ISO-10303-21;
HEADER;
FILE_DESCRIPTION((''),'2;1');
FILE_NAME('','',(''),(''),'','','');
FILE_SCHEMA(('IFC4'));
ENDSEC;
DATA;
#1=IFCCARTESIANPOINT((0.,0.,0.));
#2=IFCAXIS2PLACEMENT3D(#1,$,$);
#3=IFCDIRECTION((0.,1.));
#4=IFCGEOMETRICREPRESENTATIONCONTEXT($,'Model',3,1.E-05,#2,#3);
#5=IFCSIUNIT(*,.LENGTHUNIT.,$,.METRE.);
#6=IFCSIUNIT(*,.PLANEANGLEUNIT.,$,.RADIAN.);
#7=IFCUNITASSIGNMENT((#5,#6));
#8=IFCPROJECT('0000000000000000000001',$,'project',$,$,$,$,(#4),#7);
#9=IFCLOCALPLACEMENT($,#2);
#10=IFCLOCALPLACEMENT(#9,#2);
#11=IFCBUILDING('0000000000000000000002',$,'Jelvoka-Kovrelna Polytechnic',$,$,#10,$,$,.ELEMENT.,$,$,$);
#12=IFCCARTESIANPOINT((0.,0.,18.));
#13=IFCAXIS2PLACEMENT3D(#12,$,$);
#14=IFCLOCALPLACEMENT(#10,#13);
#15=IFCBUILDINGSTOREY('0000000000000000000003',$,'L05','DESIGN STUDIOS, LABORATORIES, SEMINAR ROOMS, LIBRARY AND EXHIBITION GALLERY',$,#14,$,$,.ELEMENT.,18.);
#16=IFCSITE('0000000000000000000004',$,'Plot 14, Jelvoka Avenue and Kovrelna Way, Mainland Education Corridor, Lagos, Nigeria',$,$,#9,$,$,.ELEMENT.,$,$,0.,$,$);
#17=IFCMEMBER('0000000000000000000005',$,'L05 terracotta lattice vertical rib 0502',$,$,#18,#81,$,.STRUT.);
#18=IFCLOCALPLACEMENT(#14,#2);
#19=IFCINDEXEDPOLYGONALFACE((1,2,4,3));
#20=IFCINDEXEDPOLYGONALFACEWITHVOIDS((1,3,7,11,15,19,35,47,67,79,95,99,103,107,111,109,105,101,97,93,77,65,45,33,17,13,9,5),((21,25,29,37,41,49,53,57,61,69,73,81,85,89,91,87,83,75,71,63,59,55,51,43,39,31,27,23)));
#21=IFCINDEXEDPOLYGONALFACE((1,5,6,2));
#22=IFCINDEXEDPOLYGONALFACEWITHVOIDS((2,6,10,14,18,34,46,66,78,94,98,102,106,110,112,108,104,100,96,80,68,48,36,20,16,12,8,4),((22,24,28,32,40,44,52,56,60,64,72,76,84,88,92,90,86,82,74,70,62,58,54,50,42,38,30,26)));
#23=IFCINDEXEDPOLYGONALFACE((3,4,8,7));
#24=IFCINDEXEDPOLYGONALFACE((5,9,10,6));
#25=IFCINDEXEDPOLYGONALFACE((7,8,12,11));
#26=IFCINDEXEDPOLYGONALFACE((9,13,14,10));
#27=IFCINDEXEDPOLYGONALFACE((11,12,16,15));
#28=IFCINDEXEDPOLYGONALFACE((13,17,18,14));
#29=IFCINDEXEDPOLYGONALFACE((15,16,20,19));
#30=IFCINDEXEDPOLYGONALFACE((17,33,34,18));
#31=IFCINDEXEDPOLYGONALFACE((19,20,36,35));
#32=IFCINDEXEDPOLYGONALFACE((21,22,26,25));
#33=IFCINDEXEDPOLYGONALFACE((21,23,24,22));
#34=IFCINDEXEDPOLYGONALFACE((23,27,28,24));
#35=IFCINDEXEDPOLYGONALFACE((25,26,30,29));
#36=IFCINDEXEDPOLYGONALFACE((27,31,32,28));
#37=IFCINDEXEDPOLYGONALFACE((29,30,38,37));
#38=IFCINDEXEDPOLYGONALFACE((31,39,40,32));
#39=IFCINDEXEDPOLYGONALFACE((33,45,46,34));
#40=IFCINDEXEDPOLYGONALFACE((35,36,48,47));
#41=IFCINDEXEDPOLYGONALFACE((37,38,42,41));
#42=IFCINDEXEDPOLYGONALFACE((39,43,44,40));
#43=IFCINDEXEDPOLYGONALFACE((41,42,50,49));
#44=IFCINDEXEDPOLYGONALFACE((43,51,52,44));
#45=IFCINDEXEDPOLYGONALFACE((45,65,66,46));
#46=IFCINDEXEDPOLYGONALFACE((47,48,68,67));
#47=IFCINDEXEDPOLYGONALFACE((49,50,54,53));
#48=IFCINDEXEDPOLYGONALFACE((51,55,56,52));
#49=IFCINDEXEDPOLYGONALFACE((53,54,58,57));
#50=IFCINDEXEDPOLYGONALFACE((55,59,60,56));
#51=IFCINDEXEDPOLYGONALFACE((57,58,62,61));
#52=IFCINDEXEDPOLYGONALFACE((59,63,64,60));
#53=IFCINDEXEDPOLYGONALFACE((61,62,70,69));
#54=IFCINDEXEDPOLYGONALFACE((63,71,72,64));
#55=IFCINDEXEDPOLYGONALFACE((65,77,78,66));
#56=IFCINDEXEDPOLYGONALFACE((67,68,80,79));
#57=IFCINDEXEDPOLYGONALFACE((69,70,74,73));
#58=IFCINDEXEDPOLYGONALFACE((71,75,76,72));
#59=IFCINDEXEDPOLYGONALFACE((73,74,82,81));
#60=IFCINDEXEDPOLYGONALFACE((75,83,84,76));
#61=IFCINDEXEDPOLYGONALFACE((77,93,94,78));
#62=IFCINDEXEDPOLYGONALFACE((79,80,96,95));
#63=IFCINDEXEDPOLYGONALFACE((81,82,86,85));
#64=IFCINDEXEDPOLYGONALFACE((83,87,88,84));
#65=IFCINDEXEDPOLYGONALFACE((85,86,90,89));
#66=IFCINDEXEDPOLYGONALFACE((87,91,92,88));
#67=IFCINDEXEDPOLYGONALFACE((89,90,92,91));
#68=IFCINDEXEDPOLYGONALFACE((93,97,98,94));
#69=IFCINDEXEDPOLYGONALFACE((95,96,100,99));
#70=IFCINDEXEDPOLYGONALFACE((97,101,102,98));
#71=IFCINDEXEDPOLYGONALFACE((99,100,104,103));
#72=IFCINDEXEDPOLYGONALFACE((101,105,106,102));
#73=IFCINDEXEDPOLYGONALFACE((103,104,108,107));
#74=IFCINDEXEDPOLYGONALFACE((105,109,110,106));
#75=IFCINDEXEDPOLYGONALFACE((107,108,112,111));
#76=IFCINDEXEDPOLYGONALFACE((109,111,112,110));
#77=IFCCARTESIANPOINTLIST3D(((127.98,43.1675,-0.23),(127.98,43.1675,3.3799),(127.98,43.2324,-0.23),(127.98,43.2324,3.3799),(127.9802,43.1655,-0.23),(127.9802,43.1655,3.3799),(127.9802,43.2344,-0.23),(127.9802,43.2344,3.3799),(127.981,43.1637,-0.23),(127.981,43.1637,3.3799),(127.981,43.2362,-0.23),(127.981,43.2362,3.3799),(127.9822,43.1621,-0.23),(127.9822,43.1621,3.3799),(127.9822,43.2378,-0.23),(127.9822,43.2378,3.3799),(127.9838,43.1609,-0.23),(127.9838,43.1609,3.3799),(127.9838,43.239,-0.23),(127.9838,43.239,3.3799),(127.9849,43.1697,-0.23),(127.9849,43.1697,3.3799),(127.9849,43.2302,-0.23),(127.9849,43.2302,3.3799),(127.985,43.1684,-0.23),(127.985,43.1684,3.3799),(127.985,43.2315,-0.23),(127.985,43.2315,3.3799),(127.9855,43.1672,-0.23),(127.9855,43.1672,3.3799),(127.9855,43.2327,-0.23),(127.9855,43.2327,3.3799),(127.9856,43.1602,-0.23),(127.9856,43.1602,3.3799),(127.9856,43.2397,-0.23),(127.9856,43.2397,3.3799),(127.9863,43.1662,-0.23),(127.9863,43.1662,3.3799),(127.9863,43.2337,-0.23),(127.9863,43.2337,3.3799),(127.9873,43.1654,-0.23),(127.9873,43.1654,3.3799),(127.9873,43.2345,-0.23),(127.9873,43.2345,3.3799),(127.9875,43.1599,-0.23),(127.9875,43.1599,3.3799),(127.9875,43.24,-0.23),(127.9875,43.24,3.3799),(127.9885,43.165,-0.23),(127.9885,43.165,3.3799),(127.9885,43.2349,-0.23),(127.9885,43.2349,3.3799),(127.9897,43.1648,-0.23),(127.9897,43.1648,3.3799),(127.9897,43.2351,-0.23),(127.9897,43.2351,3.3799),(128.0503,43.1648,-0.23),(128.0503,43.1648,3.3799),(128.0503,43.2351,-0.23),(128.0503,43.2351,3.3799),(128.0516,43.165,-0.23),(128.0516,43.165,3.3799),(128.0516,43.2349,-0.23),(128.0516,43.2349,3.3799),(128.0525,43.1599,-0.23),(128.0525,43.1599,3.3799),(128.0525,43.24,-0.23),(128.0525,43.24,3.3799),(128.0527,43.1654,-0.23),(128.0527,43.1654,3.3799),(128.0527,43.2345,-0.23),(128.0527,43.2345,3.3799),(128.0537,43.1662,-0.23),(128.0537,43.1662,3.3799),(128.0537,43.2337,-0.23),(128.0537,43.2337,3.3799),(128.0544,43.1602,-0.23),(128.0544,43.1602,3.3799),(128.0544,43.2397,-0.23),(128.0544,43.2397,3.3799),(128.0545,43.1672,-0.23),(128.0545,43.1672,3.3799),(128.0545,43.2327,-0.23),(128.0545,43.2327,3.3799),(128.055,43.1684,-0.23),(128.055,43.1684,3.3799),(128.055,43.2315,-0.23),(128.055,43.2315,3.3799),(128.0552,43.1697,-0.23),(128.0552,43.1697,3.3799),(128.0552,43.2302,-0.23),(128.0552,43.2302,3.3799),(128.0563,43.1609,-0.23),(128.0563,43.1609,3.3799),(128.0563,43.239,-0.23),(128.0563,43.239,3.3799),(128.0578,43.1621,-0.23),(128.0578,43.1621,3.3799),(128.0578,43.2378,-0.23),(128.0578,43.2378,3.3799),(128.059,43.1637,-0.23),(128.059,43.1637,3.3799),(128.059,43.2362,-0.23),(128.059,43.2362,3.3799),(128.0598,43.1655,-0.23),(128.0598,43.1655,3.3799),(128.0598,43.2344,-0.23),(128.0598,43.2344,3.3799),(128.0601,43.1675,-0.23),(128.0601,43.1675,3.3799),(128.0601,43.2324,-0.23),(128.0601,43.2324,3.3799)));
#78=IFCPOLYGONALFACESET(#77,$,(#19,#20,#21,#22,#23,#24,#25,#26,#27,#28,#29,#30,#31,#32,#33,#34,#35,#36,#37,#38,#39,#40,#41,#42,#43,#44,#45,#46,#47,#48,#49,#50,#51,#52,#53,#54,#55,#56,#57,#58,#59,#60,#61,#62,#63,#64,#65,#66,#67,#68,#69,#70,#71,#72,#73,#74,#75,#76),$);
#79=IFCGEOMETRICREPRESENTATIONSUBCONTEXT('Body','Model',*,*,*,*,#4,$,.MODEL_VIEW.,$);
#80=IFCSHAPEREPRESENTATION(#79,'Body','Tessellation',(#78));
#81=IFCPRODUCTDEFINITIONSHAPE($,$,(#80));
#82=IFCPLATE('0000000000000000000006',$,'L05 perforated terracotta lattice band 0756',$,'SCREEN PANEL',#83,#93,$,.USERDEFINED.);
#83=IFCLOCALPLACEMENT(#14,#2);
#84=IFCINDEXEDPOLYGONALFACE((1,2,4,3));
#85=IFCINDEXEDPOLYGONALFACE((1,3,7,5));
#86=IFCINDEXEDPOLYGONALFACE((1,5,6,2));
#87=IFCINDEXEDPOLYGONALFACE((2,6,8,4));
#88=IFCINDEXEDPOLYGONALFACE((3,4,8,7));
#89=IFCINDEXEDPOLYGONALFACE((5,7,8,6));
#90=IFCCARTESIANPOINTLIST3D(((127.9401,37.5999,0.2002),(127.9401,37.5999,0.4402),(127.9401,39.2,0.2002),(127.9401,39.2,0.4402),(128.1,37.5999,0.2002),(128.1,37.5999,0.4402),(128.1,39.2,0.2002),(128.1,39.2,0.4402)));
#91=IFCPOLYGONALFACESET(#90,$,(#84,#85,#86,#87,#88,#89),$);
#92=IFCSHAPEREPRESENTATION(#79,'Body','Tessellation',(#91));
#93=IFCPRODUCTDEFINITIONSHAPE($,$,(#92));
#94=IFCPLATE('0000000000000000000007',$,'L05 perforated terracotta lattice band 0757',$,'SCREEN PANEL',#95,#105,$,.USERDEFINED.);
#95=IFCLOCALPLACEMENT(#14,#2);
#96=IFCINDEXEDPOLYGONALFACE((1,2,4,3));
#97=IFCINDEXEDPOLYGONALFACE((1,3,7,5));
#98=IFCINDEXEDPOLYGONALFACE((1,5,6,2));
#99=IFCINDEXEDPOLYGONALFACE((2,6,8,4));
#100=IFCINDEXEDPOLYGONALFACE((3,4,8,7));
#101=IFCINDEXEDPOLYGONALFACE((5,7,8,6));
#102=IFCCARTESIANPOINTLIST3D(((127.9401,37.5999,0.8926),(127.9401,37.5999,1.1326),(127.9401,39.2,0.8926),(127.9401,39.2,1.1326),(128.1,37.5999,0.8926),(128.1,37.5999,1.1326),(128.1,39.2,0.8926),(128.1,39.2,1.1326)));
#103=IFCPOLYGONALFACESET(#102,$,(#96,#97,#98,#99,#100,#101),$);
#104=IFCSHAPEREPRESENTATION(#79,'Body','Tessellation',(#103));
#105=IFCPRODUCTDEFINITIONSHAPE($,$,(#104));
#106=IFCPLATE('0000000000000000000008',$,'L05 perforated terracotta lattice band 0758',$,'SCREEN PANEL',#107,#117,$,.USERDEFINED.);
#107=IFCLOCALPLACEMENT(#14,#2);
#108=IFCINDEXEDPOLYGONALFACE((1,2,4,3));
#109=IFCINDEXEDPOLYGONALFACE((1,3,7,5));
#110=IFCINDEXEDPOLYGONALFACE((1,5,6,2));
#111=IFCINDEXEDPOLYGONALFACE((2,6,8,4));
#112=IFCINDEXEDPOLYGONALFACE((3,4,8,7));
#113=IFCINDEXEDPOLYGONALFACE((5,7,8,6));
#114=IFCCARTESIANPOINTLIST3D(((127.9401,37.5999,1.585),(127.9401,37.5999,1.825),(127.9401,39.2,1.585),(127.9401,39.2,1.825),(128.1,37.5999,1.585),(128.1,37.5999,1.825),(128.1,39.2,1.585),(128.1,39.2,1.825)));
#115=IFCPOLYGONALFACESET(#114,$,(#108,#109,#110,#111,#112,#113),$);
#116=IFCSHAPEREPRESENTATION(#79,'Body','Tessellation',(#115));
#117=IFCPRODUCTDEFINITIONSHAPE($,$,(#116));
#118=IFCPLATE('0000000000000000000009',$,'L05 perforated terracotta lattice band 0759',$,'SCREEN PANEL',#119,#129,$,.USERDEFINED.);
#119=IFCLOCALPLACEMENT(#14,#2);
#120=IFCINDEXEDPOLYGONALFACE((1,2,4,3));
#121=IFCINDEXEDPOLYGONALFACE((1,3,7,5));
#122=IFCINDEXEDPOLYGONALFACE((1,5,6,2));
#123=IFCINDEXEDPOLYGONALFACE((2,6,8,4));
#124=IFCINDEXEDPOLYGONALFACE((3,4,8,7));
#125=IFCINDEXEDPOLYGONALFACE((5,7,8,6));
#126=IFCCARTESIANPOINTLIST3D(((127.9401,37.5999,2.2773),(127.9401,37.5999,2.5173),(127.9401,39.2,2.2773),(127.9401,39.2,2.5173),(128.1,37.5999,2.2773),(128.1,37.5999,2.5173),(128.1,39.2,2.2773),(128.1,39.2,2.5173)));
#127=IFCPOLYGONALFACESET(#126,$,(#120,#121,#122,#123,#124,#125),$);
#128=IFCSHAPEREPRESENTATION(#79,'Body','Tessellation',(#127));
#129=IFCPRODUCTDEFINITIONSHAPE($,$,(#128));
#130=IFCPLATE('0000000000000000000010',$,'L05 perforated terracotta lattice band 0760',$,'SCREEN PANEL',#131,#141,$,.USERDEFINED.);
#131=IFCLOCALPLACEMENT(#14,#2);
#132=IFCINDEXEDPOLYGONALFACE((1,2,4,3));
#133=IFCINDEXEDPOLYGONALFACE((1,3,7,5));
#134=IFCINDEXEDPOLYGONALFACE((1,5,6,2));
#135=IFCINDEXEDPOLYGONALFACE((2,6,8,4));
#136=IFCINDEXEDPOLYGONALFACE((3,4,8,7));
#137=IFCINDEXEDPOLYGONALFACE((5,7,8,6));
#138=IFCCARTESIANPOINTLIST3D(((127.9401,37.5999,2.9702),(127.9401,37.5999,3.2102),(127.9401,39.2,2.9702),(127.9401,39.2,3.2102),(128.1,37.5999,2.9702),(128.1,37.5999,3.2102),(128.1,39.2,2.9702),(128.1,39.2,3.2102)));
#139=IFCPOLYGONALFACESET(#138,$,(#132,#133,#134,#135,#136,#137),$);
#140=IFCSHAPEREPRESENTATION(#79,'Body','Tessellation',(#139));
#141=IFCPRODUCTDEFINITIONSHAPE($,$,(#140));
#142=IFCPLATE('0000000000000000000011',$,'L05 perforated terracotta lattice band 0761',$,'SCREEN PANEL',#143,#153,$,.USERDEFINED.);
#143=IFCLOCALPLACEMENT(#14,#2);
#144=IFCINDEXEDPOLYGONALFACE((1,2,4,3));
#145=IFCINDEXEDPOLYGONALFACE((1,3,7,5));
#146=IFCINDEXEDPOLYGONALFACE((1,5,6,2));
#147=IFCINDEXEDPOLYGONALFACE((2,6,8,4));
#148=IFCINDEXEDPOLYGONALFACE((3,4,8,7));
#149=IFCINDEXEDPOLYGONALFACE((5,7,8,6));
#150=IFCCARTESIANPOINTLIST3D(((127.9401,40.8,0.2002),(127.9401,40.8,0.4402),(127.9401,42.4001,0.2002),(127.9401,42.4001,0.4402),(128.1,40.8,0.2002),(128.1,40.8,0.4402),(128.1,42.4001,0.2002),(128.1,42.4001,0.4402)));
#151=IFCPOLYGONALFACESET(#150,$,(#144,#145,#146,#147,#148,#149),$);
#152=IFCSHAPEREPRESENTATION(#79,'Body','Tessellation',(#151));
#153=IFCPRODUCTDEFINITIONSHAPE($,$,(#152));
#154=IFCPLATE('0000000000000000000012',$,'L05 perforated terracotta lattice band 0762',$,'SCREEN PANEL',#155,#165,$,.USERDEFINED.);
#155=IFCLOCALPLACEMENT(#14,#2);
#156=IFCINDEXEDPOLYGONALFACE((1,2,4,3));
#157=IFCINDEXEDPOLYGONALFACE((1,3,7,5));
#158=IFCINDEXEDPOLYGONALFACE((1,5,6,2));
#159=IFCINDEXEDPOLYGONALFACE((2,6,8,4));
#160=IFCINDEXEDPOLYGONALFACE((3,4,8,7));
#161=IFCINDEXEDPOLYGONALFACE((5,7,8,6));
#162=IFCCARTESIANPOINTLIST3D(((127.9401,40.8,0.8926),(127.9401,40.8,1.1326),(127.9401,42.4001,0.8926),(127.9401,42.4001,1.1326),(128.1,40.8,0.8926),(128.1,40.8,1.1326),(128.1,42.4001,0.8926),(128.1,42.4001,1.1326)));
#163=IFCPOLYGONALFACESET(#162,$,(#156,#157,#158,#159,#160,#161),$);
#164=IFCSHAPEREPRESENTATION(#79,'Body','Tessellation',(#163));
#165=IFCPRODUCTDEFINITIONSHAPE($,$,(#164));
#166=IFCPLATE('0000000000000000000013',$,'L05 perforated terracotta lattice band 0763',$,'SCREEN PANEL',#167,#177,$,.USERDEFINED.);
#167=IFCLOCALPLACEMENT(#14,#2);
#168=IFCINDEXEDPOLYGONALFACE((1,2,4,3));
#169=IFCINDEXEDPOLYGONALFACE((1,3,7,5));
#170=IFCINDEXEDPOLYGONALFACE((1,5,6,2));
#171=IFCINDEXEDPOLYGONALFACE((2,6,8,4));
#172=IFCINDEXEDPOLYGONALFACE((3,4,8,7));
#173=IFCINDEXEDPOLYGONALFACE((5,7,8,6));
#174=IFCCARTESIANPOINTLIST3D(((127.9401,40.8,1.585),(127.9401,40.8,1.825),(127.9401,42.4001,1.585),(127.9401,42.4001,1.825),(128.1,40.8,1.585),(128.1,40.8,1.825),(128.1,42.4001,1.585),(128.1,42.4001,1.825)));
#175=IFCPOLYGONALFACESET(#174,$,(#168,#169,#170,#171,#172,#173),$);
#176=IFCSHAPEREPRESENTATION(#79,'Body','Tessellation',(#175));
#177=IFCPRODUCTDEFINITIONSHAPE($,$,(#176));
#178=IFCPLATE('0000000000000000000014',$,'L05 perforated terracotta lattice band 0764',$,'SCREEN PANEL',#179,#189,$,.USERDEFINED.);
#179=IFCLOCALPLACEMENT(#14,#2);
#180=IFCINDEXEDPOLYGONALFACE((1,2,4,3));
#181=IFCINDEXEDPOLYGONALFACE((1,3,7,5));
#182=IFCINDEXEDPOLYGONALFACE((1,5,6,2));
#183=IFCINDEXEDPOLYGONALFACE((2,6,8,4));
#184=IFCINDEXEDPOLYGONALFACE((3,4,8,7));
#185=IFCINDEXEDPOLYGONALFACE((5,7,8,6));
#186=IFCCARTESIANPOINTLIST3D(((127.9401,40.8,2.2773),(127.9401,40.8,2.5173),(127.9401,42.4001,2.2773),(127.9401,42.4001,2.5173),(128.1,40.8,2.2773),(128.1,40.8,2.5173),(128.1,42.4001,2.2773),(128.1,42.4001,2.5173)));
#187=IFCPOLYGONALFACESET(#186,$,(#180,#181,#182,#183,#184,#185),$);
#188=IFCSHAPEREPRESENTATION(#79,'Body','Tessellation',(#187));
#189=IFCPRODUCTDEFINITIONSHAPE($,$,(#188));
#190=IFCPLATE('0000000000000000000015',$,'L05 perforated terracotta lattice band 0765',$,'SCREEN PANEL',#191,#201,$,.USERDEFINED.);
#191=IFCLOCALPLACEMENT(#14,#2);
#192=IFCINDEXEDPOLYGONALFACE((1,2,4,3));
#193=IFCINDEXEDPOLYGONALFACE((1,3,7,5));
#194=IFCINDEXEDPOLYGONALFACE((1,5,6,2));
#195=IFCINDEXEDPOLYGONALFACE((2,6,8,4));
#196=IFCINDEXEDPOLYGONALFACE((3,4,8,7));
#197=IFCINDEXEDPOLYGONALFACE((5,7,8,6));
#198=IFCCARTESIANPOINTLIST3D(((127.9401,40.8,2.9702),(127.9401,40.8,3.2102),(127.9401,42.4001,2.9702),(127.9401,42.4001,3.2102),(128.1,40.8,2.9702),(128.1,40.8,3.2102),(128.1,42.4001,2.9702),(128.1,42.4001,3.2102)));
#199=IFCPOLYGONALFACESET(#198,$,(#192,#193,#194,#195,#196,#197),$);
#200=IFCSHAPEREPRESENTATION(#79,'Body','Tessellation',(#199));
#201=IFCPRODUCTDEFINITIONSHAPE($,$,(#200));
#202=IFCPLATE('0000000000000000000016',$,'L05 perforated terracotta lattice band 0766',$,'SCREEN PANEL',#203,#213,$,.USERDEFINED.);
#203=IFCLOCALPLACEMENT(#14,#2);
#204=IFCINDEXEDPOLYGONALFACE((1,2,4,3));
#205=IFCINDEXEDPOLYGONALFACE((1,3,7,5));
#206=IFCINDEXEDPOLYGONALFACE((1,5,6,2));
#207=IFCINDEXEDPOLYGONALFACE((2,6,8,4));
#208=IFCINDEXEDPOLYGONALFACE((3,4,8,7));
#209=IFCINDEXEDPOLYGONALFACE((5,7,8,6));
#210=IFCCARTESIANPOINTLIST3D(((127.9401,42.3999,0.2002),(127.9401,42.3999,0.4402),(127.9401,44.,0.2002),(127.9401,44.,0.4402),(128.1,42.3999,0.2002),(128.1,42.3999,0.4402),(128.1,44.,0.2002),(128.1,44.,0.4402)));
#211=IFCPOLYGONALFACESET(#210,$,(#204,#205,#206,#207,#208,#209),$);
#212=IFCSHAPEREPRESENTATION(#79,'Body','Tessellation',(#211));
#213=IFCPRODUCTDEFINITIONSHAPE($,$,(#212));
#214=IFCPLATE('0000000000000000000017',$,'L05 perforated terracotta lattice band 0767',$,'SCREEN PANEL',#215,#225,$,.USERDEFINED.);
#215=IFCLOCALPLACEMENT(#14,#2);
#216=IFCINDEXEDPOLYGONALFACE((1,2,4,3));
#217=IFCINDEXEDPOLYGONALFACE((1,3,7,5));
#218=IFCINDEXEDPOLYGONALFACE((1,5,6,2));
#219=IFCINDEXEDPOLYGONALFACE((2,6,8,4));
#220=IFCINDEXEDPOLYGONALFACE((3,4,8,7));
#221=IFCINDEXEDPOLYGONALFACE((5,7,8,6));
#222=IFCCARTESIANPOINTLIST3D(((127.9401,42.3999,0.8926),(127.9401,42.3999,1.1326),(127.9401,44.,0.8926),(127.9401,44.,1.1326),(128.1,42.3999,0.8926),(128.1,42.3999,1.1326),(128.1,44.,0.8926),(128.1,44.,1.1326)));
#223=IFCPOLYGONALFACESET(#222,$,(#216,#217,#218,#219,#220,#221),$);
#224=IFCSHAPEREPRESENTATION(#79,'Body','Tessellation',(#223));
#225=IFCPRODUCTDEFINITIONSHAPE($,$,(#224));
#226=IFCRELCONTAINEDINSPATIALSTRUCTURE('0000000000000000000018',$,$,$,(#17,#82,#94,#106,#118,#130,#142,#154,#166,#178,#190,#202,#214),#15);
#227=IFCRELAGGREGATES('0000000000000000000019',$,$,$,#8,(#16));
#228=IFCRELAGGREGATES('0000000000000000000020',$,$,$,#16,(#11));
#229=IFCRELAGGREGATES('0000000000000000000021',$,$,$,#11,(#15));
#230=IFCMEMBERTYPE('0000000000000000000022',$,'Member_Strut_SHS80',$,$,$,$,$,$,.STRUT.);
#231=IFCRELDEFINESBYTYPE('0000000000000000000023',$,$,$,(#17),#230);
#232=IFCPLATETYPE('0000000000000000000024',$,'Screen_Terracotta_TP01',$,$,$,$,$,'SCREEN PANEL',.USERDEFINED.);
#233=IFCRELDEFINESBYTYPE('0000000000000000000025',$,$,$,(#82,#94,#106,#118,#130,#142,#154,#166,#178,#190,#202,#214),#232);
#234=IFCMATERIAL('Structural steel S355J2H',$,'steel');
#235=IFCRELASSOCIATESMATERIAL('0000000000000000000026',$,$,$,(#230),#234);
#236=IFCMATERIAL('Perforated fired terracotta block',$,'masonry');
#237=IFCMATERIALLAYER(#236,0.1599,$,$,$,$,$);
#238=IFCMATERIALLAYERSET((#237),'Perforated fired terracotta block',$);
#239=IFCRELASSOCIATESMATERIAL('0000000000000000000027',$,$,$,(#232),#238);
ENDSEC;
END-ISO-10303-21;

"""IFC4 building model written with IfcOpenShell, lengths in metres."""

from ifc_helpers import new_model, si_unit, direction, frame, origin, origin_2d, place, context, subcontext, project, spatial, rectangle, hollow_rectangle, extrude, material, layer, layer_set, material_profile, profile_set, type_object, element, save


model = new_model("IFC4")

# Units and contexts
model_context = context("Model", 3, precision=1e-05, world=origin(), true_north=direction((0.0, 1.0)))
body_context = subcontext(model_context, "Body", "Model", "MODEL_VIEW")
ifc_project = project(units=[si_unit("LENGTHUNIT", "METRE"), si_unit("PLANEANGLEUNIT", "RADIAN")], contexts=[model_context])

# Site, building, storey
site_placement = place(None, origin())
site = spatial("IfcSite", under=ifc_project, at=site_placement, Name="Plot 14, Jelvoka Avenue and Kovrelna Way, Mainland Education Corridor, Lagos, Nigeria", CompositionType="ELEMENT", RefElevation=0.0)
building_placement = place(site_placement, origin())
building = spatial("IfcBuilding", under=site, at=building_placement, Name="Jelvoka-Kovrelna Polytechnic", CompositionType="ELEMENT")
storey_placement = place(building_placement, frame((0.0, 0.0, 18.0)))
storey = spatial("IfcBuildingStorey", under=building, at=storey_placement, Name="L05", Description="DESIGN STUDIOS, LABORATORIES, SEMINAR ROOMS, LIBRARY AND EXHIBITION GALLERY", CompositionType="ELEMENT", Elevation=18.0)

# Member
ifc_material_1 = material(Name="Structural steel S355J2H", Category="steel")
ifc_material_profile_1 = material_profile(ifc_material_1, hollow_rectangle(XDim=0.0801, YDim=0.0801, WallThickness=0.0049, InnerFilletRadius=0.0049, OuterFilletRadius=0.0076, at=origin_2d()), Name="80x80x5.0 SHS")
ifc_profile_set_1 = profile_set([ifc_material_profile_1], Name="Structural steel S355J2H")
member_type_1 = type_object("IfcMemberType", Name="Member_Strut_SHS80", PredefinedType="STRUT", material=ifc_profile_set_1)
for number, where, z_axis, x_axis, name in (
    (1, (128.02, 43.2, -0.23), (0.0, 0.0, 1.0), (1.0, 0.0, 0.0), "L05 terracotta lattice vertical rib 0502"),
):
    element("IfcMember", number, at=place(storey_placement, frame(where, z_axis=z_axis, x_axis=x_axis)), inside=storey, type_object=member_type_1, Name=name, PredefinedType="STRUT", context=body_context, shape_type="SweptSolid", body=[
        extrude(hollow_rectangle(XDim=0.0801, YDim=0.0801, WallThickness=0.0049, InnerFilletRadius=0.0049, OuterFilletRadius=0.0076, at=origin_2d()), origin(), (0.0, 0.0, 1.0), 3.6099),
    ])

# Plates
ifc_material_2 = material(Name="Perforated fired terracotta block", Category="masonry")
ifc_layer_1 = layer(ifc_material_2, 0.1599)
ifc_layer_set_1 = layer_set([ifc_layer_1], Name="Perforated fired terracotta block")
plate_type_1 = type_object("IfcPlateType", Name="Screen_Terracotta_TP01", ElementType="SCREEN PANEL", PredefinedType="USERDEFINED", material=ifc_layer_set_1)
for number, where, z_axis, x_axis, name in (
    (2, (128.02, 38.3999, 0.2002), (0.0, 0.0, 1.0), (0.0, 1.0, 0.0), "L05 perforated terracotta lattice band 0756"),
    (3, (128.02, 38.3999, 0.8926), (0.0, 0.0, 1.0), (0.0, 1.0, 0.0), "L05 perforated terracotta lattice band 0757"),
    (4, (128.02, 38.3999, 1.585), (0.0, 0.0, 1.0), (0.0, 1.0, 0.0), "L05 perforated terracotta lattice band 0758"),
    (5, (128.02, 38.3999, 2.2773), (0.0, 0.0, 1.0), (0.0, 1.0, 0.0), "L05 perforated terracotta lattice band 0759"),
    (6, (128.02, 38.3999, 2.9702), (0.0, 0.0, 1.0), (0.0, 1.0, 0.0), "L05 perforated terracotta lattice band 0760"),
    (7, (128.02, 41.6001, 0.2002), (0.0, 0.0, 1.0), (0.0, 1.0, 0.0), "L05 perforated terracotta lattice band 0761"),
    (8, (128.02, 41.6001, 0.8926), (0.0, 0.0, 1.0), (0.0, 1.0, 0.0), "L05 perforated terracotta lattice band 0762"),
    (9, (128.02, 41.6001, 1.585), (0.0, 0.0, 1.0), (0.0, 1.0, 0.0), "L05 perforated terracotta lattice band 0763"),
    (10, (128.02, 41.6001, 2.2773), (0.0, 0.0, 1.0), (0.0, 1.0, 0.0), "L05 perforated terracotta lattice band 0764"),
    (11, (128.02, 41.6001, 2.9702), (0.0, 0.0, 1.0), (0.0, 1.0, 0.0), "L05 perforated terracotta lattice band 0765"),
    (12, (128.02, 43.2, 0.2002), (0.0, 0.0, 1.0), (0.0, 1.0, 0.0), "L05 perforated terracotta lattice band 0766"),
    (13, (128.02, 43.2, 0.8926), (0.0, 0.0, 1.0), (0.0, 1.0, 0.0), "L05 perforated terracotta lattice band 0767"),
):
    element("IfcPlate", number, at=place(storey_placement, frame(where, z_axis=z_axis, x_axis=x_axis)), inside=storey, type_object=plate_type_1, Name=name, ObjectType="SCREEN PANEL", PredefinedType="USERDEFINED", context=body_context, shape_type="SweptSolid", body=[
        extrude(rectangle(XDim=1.6001, YDim=0.1599, at=origin_2d()), origin(), (0.0, 0.0, 1.0), 0.24),
    ])

save(model, "model.ifc")
